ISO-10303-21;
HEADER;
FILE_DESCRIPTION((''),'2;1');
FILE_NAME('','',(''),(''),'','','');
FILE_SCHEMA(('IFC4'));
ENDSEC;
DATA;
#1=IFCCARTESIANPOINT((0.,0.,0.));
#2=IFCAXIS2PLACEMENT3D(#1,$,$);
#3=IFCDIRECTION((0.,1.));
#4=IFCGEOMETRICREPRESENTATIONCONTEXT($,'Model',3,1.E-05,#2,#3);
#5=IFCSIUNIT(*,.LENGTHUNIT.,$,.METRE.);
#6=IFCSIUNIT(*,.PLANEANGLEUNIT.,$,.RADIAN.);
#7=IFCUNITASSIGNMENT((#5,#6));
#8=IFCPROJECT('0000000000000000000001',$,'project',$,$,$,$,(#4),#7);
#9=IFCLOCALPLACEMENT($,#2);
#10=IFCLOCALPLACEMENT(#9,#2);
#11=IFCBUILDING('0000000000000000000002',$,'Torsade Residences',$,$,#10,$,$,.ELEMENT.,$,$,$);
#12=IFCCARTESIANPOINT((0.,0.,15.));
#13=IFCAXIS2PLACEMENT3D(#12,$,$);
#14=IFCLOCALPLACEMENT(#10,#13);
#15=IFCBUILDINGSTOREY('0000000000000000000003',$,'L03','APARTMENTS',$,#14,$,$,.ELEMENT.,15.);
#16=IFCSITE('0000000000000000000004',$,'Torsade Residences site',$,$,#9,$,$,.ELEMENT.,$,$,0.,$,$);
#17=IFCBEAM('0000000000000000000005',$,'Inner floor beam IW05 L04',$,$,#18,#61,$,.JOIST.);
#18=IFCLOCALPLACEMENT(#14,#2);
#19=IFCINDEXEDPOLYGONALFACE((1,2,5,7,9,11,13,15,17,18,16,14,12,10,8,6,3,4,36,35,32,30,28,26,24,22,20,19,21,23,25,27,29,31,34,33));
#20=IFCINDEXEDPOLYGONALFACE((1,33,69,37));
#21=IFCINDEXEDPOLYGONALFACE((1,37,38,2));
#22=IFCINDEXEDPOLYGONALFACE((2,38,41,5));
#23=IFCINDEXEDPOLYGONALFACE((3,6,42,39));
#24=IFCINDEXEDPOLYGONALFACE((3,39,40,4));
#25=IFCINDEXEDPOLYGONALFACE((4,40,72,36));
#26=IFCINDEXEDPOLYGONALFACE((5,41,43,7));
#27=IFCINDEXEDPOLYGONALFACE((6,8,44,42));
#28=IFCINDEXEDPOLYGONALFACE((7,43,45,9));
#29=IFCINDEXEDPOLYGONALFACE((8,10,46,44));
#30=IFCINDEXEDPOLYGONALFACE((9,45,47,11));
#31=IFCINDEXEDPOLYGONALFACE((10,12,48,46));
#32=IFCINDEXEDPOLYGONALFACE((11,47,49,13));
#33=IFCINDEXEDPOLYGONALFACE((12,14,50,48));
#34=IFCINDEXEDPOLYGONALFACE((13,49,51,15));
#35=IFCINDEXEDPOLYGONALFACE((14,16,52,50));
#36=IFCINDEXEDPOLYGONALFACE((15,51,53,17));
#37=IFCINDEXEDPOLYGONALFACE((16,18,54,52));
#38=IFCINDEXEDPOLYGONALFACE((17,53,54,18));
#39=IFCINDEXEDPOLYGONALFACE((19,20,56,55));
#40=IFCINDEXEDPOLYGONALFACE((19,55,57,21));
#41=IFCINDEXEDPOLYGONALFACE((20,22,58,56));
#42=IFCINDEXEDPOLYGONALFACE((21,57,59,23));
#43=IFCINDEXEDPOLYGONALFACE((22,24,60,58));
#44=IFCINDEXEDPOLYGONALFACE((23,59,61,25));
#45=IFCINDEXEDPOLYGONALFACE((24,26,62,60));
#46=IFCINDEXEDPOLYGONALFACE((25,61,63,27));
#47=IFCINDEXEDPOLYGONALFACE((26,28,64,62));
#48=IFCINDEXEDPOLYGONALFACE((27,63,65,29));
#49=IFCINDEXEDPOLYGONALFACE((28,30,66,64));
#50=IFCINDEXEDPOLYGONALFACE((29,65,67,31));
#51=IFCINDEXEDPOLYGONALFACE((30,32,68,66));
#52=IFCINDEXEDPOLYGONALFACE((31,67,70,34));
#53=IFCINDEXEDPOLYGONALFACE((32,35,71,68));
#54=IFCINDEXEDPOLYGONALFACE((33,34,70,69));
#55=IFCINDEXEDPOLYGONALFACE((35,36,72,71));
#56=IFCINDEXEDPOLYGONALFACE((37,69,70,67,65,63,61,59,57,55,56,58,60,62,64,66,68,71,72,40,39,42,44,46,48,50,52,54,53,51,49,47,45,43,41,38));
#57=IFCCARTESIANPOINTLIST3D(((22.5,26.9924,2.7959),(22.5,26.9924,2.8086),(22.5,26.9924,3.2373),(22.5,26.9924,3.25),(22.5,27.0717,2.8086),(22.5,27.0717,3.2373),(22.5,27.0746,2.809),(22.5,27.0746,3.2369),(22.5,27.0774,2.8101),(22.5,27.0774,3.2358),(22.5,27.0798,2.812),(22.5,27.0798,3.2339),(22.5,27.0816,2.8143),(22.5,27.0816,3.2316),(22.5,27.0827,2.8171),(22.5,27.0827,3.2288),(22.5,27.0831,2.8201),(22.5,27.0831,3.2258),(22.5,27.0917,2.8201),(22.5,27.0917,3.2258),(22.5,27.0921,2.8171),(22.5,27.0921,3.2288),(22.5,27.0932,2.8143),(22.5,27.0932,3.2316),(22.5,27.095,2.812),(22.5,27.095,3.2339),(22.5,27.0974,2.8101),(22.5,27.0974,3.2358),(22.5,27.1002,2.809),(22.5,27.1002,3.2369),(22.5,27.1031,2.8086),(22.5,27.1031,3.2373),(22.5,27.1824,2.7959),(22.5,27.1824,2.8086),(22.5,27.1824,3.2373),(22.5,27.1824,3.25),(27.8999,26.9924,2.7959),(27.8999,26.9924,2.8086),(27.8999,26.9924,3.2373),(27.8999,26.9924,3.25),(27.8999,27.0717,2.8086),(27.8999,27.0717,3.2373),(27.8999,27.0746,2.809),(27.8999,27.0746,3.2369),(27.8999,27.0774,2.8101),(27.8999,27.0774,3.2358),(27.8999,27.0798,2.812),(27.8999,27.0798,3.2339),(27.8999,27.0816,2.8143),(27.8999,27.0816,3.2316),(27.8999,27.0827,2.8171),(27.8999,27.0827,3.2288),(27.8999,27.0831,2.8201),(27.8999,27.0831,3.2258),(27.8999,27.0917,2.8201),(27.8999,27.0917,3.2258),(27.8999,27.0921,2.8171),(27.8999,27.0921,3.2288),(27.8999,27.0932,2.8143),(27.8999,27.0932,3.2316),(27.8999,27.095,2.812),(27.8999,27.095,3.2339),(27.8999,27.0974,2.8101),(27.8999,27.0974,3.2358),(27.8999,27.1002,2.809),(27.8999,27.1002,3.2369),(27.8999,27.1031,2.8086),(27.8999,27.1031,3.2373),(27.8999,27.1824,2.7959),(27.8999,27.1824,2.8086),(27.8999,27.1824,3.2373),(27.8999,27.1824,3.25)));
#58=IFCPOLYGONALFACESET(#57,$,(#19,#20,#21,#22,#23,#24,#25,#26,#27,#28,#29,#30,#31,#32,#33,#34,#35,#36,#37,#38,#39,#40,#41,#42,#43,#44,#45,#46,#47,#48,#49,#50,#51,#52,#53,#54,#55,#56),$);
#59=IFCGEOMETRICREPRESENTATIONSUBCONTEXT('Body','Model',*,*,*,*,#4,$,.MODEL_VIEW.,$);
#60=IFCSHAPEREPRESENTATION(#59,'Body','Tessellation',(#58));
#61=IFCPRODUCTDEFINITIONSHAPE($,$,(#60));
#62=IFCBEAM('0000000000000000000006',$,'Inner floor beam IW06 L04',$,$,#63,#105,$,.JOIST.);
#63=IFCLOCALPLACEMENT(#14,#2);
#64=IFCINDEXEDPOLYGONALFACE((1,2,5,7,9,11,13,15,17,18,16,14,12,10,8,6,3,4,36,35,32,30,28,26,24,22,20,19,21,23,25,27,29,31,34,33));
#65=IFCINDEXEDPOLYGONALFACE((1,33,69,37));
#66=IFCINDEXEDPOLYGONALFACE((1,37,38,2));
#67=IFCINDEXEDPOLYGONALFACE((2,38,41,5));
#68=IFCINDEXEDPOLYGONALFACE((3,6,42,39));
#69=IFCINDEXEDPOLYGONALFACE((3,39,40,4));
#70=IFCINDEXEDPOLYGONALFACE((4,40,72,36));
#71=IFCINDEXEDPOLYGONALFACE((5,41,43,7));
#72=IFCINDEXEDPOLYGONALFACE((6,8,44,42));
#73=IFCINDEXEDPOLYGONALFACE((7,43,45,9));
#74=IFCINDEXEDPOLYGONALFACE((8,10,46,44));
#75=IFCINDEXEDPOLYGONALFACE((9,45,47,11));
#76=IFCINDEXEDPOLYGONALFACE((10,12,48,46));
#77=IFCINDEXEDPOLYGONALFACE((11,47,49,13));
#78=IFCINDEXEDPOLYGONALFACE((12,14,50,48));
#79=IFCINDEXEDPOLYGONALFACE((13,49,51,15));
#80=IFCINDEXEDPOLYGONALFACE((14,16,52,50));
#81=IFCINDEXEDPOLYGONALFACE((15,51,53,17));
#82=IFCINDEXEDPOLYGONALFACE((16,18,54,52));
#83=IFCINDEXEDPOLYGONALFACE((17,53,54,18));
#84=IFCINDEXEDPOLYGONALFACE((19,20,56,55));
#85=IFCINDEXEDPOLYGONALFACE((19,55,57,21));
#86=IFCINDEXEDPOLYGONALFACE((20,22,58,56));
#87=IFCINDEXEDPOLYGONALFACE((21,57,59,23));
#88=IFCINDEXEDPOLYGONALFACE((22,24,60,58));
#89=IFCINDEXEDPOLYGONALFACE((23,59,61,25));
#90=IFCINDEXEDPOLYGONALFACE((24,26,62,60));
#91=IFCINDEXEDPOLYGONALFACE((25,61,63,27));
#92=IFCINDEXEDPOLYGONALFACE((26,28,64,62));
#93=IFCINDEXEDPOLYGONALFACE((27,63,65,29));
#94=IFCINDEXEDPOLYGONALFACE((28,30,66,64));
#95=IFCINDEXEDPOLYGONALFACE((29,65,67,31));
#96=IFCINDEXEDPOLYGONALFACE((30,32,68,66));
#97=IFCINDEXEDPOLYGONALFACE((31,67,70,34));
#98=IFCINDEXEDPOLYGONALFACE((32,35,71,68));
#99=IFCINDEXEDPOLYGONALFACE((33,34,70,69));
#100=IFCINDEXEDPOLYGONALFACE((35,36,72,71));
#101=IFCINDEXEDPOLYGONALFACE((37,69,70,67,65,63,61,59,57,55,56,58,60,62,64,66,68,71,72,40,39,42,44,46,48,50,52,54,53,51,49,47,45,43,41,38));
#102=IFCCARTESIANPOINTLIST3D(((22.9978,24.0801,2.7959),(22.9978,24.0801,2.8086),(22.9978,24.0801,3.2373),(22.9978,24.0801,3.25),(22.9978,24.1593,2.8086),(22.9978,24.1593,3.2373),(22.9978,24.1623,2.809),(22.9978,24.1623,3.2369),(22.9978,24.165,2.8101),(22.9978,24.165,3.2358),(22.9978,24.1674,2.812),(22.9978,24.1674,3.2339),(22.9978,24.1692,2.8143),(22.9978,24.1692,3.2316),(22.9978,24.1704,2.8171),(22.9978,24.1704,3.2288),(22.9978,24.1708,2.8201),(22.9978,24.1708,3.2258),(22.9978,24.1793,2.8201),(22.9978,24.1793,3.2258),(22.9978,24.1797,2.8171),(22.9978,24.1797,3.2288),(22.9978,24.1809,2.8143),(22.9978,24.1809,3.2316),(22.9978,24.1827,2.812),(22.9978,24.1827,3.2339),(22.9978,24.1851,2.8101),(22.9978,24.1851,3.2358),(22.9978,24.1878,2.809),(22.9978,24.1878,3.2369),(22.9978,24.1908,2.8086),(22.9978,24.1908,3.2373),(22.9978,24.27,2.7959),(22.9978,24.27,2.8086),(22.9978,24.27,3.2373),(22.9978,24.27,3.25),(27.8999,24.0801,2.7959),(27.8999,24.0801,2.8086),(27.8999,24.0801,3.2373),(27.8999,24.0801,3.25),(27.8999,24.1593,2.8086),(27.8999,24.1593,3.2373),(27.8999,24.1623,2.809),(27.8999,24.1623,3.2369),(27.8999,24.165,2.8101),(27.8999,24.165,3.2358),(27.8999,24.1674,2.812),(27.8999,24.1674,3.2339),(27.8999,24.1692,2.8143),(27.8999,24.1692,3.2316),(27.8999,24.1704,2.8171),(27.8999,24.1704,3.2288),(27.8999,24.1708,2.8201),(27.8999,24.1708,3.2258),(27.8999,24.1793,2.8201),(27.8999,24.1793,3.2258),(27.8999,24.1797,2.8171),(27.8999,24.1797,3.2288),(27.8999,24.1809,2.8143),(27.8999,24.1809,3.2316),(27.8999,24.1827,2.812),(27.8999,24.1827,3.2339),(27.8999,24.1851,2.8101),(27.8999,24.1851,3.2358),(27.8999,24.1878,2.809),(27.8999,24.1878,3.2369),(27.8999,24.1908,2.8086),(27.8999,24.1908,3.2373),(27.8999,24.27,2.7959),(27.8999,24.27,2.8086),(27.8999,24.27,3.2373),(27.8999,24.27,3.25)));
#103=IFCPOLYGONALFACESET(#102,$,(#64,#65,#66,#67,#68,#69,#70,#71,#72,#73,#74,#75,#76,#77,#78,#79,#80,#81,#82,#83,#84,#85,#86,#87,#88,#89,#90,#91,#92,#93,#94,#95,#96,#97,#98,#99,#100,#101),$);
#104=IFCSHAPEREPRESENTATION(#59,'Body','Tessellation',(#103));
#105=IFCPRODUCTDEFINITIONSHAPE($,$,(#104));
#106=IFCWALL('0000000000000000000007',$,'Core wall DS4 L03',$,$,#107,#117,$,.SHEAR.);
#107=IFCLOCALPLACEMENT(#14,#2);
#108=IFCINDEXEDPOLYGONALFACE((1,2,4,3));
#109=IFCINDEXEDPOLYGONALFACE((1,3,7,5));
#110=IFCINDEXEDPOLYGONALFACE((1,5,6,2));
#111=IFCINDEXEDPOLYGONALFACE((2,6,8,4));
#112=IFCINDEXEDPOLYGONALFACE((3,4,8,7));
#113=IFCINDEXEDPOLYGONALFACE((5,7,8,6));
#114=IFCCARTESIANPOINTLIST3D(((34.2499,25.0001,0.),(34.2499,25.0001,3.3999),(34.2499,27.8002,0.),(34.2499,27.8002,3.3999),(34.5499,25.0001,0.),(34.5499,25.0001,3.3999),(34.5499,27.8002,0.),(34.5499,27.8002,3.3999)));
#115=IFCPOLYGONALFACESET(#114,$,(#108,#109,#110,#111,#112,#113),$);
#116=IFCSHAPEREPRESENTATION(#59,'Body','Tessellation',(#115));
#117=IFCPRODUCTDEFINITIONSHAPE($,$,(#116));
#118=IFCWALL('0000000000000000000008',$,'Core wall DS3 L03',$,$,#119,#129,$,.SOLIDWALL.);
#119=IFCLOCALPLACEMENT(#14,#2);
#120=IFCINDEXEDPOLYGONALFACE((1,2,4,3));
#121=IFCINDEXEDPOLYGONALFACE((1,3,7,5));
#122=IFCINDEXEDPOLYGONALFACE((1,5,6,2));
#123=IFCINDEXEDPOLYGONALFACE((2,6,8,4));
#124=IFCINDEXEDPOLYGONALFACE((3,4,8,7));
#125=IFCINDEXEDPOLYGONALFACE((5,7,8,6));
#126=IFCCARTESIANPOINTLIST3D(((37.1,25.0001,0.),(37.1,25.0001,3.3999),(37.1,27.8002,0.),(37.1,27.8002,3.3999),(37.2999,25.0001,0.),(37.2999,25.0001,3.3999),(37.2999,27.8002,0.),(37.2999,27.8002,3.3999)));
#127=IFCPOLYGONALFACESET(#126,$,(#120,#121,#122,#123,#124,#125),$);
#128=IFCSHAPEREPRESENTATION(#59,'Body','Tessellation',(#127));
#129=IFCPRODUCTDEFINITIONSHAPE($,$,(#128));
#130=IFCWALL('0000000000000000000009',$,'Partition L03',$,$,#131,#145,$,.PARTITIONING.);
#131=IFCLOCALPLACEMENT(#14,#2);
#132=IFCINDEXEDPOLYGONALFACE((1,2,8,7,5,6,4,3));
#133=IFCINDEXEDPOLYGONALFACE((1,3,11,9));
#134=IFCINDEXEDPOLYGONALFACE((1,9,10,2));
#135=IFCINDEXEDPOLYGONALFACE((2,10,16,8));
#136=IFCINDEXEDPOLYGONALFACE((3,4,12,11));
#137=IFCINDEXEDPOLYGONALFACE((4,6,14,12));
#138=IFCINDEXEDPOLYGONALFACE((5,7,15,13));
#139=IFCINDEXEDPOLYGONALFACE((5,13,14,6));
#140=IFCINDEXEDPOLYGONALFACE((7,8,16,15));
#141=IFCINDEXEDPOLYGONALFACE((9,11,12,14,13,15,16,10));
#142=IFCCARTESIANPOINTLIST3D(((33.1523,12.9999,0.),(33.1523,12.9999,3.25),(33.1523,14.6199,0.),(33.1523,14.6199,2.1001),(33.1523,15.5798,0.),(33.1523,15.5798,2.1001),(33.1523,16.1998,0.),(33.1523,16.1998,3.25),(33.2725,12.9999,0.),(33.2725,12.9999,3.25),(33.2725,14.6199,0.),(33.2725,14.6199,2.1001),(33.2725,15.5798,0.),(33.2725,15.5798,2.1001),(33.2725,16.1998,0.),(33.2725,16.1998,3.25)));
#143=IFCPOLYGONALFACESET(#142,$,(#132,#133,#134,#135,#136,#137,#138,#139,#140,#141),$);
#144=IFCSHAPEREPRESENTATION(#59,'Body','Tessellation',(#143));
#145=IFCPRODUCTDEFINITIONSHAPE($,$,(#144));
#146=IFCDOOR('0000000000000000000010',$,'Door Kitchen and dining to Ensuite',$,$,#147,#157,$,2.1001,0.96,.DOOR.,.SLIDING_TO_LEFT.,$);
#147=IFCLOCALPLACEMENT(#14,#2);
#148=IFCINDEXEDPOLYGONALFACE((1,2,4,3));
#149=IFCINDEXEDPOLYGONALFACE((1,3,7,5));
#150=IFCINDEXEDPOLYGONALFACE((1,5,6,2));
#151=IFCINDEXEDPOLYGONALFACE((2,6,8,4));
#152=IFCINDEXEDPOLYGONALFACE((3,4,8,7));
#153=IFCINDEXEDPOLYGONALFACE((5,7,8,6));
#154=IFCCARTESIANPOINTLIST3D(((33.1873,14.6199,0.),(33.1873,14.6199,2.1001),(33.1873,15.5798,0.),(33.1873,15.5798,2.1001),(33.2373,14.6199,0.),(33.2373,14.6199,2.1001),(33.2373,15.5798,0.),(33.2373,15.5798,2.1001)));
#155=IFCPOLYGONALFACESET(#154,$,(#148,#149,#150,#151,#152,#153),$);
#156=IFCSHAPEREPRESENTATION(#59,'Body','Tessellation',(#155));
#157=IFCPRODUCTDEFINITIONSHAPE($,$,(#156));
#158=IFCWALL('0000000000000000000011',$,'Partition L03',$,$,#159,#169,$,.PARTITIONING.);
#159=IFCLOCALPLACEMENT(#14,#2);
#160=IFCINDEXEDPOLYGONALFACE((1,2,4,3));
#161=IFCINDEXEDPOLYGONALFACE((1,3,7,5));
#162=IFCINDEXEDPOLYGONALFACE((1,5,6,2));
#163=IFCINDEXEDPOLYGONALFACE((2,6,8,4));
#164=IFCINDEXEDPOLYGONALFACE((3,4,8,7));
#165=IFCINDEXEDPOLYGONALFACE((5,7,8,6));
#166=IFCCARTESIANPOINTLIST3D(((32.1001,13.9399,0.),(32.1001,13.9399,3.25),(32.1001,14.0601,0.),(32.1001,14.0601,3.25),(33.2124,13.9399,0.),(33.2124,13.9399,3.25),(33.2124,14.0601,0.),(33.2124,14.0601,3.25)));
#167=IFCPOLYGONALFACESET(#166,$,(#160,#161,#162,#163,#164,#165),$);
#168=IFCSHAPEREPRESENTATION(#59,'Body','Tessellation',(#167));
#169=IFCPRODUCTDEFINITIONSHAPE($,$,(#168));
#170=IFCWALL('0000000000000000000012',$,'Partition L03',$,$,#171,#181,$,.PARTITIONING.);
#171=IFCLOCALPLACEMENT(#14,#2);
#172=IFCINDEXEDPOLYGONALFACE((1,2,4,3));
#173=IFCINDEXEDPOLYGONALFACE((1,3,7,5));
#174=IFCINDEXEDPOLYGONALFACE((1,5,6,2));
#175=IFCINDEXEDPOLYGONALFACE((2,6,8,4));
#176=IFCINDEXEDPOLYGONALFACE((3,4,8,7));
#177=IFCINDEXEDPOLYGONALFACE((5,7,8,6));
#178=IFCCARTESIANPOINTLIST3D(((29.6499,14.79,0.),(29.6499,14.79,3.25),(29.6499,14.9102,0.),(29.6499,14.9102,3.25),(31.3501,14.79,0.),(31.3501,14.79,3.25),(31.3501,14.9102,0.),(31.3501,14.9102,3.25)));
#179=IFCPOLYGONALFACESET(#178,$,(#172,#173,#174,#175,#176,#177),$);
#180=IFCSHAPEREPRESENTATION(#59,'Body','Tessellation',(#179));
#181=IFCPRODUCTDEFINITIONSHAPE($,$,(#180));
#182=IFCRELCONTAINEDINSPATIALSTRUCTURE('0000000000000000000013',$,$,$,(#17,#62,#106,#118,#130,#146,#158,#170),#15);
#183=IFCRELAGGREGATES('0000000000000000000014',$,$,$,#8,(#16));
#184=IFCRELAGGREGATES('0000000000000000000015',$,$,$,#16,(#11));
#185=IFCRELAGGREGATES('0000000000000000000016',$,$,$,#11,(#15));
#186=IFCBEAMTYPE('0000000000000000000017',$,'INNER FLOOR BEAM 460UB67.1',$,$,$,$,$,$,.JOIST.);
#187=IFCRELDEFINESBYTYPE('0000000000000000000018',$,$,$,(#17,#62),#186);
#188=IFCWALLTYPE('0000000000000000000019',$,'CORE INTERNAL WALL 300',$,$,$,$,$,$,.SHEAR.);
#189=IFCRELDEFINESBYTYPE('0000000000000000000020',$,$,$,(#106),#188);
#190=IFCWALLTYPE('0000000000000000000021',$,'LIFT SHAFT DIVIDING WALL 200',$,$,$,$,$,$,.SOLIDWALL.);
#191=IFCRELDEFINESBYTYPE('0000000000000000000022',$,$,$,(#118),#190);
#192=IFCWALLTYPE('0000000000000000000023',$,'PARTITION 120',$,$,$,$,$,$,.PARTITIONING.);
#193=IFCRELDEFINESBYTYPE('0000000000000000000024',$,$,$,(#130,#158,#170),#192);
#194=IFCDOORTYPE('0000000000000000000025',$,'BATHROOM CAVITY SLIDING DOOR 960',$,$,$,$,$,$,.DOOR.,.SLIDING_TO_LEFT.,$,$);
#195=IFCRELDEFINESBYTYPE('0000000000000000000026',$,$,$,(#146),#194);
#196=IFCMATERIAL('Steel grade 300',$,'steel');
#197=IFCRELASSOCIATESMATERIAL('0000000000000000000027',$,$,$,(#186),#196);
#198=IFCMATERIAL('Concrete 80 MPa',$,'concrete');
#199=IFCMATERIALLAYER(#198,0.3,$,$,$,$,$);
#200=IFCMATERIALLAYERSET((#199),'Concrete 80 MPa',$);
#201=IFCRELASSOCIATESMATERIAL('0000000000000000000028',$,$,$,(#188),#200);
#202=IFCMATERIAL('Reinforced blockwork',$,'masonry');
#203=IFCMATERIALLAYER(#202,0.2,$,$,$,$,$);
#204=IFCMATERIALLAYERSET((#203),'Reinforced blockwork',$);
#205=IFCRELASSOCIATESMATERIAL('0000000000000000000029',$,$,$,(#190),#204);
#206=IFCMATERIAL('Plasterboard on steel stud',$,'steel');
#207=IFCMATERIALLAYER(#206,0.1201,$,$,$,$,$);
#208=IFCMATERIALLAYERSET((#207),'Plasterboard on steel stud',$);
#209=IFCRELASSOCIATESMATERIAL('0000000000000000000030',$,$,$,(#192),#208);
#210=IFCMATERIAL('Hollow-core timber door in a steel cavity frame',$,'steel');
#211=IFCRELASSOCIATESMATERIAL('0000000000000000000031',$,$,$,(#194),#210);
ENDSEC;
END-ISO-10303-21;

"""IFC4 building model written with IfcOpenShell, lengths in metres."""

from ifc_helpers import new_model, si_unit, direction, frame, frame_2d, origin, origin_2d, place, context, subcontext, project, spatial, rectangle, i_section, extrude, material, layer, layer_set, material_profile, profile_set, type_object, element, fill, save


model = new_model("IFC4")

# Units and contexts
model_context = context("Model", 3, precision=1e-05, world=origin(), true_north=direction((0.0, 1.0)))
body_context = subcontext(model_context, "Body", "Model", "MODEL_VIEW")
ifc_project = project(units=[si_unit("LENGTHUNIT", "METRE"), si_unit("PLANEANGLEUNIT", "RADIAN")], contexts=[model_context])

# Site, building, storey
site_placement = place(None, origin())
site = spatial("IfcSite", under=ifc_project, at=site_placement, Name="Torsade Residences site", CompositionType="ELEMENT", RefElevation=0.0)
building_placement = place(site_placement, origin())
building = spatial("IfcBuilding", under=site, at=building_placement, Name="Torsade Residences", CompositionType="ELEMENT")
storey_placement = place(building_placement, frame((0.0, 0.0, 15.0)))
storey = spatial("IfcBuildingStorey", under=building, at=storey_placement, Name="L03", Description="APARTMENTS", CompositionType="ELEMENT", Elevation=15.0)

# Beams
ifc_material_1 = material(Name="Steel grade 300", Category="steel")
ifc_material_profile_1 = material_profile(ifc_material_1, i_section(OverallWidth=0.1899, OverallDepth=0.4541, WebThickness=0.0085, FlangeThickness=0.0127, FilletRadius=0.0115, at=origin_2d()), Name="460UB67.1")
ifc_profile_set_1 = profile_set([ifc_material_profile_1], Name="Steel grade 300")
beam_type = type_object("IfcBeamType", Name="INNER FLOOR BEAM 460UB67.1", PredefinedType="JOIST", material=ifc_profile_set_1)
beam_1_placement = place(storey_placement, frame((27.8999, 27.0874, 3.0229), z_axis=(-1.0, 0.0, 0.0), x_axis=(0.0, -1.0, 0.0)))
element("IfcBeam", 1, at=beam_1_placement, inside=storey, type_object=beam_type, Name="Inner floor beam IW05 L04", PredefinedType="JOIST", context=body_context, shape_type="SweptSolid", body=[
    extrude(i_section(OverallWidth=0.1899, OverallDepth=0.4541, WebThickness=0.0085, FlangeThickness=0.0127, FilletRadius=0.0115, at=origin_2d()), origin(), (0.0, 0.0, 1.0), 5.3999),
])
beam_2_placement = place(storey_placement, frame((27.8999, 24.175, 3.0229), z_axis=(-1.0, 0.0, 0.0), x_axis=(0.0, -1.0, 0.0)))
element("IfcBeam", 2, at=beam_2_placement, inside=storey, type_object=beam_type, Name="Inner floor beam IW06 L04", PredefinedType="JOIST", context=body_context, shape_type="SweptSolid", body=[
    extrude(i_section(OverallWidth=0.1899, OverallDepth=0.4541, WebThickness=0.0085, FlangeThickness=0.0127, FilletRadius=0.0115, at=origin_2d()), origin(), (0.0, 0.0, 1.0), 4.9021),
])

# Walls
ifc_material_2 = material(Name="Concrete 80 MPa", Category="concrete")
ifc_layer_1 = layer(ifc_material_2, 0.3)
ifc_layer_set_1 = layer_set([ifc_layer_1], Name="Concrete 80 MPa")
wall_type_1 = type_object("IfcWallType", Name="CORE INTERNAL WALL 300", PredefinedType="SHEAR", material=ifc_layer_set_1)
wall_1_placement = place(storey_placement, frame((34.3999, 27.8, 0.0), z_axis=(0.0, 0.0, 1.0), x_axis=(0.0, -1.0, 0.0)))
element("IfcWall", 3, at=wall_1_placement, inside=storey, type_object=wall_type_1, Name="Core wall DS4 L03", PredefinedType="SHEAR", context=body_context, shape_type="SweptSolid", body=[
    extrude(rectangle(XDim=2.8, YDim=0.3, at=frame_2d((1.3999, 0.0))), origin(), (0.0, 0.0, 1.0), 3.3999),
])
ifc_material_3 = material(Name="Reinforced blockwork", Category="masonry")
ifc_layer_2 = layer(ifc_material_3, 0.2)
ifc_layer_set_2 = layer_set([ifc_layer_2], Name="Reinforced blockwork")
wall_type_2 = type_object("IfcWallType", Name="LIFT SHAFT DIVIDING WALL 200", PredefinedType="SOLIDWALL", material=ifc_layer_set_2)
wall_2_placement = place(storey_placement, frame((37.2, 27.8, 0.0), z_axis=(0.0, 0.0, 1.0), x_axis=(0.0, -1.0, 0.0)))
element("IfcWall", 4, at=wall_2_placement, inside=storey, type_object=wall_type_2, Name="Core wall DS3 L03", PredefinedType="SOLIDWALL", context=body_context, shape_type="SweptSolid", body=[
    extrude(rectangle(XDim=2.8, YDim=0.2, at=frame_2d((1.3999, 0.0))), origin(), (0.0, 0.0, 1.0), 3.3999),
])

# Wall, opening, door
ifc_material_4 = material(Name="Plasterboard on steel stud", Category="steel")
ifc_layer_3 = layer(ifc_material_4, 0.1201)
ifc_layer_set_3 = layer_set([ifc_layer_3], Name="Plasterboard on steel stud")
wall_type_3 = type_object("IfcWallType", Name="PARTITION 120", PredefinedType="PARTITIONING", material=ifc_layer_set_3)
wall_3_placement = place(storey_placement, frame((33.2124, 16.2, 0.0), z_axis=(0.0, 0.0, 1.0), x_axis=(0.0, -1.0, 0.0)))
wall_3 = element("IfcWall", 5, at=wall_3_placement, inside=storey, type_object=wall_type_3, Name="Partition L03", PredefinedType="PARTITIONING", context=body_context, shape_type="SweptSolid", body=[
    extrude(rectangle(XDim=3.2, YDim=0.1201, at=frame_2d((1.6001, 0.0))), origin(), (0.0, 0.0, 1.0), 3.25),
])
opening_1_placement = place(wall_3_placement, frame((0.6201, 0.0, 0.0)))
opening_1 = element("IfcOpeningElement", 6, at=opening_1_placement, cuts=wall_3, PredefinedType="OPENING", context=body_context, shape_type="SweptSolid", body=[
    extrude(rectangle(XDim=0.96, YDim=2.1001, at=frame_2d((0.48, 1.05))), frame((0.0, 0.0701, 0.0), z_axis=(0.0, -1.0, 0.0), x_axis=(1.0, 0.0, 0.0)), (0.0, 0.0, 1.0), 0.1401),
])
ifc_material_5 = material(Name="Hollow-core timber door in a steel cavity frame", Category="steel")
door_type_1 = type_object("IfcDoorType", Name="BATHROOM CAVITY SLIDING DOOR 960", OperationType="SLIDING_TO_LEFT", PredefinedType="DOOR", material=ifc_material_5)
door_1_placement = place(opening_1_placement, origin())
door_1 = element("IfcDoor", 7, at=door_1_placement, inside=storey, type_object=door_type_1, Name="Door Kitchen and dining to Ensuite", OperationType="SLIDING_TO_LEFT", OverallHeight=2.1001, OverallWidth=0.96, PredefinedType="DOOR", context=body_context, shape_type="SweptSolid", body=[
    extrude(rectangle(XDim=0.96, YDim=2.1001, at=frame_2d((0.48, 1.05))), frame((0.0, 0.0249, 0.0), z_axis=(0.0, -1.0, 0.0), x_axis=(1.0, 0.0, 0.0)), (0.0, 0.0, 1.0), 0.05),
])
fill(opening_1, door_1)

# Walls
wall_4_placement = place(storey_placement, frame((33.2124, 14.0, 0.0), z_axis=(0.0, 0.0, 1.0), x_axis=(-1.0, 0.0, 0.0)))
element("IfcWall", 8, at=wall_4_placement, inside=storey, type_object=wall_type_3, Name="Partition L03", PredefinedType="PARTITIONING", context=body_context, shape_type="SweptSolid", body=[
    extrude(rectangle(XDim=1.1123, YDim=0.1201, at=frame_2d((0.5562, 0.0))), origin(), (0.0, 0.0, 1.0), 3.25),
])
wall_5_placement = place(storey_placement, frame((31.3501, 14.8501, 0.0), z_axis=(0.0, 0.0, 1.0), x_axis=(-1.0, 0.0, 0.0)))
element("IfcWall", 9, at=wall_5_placement, inside=storey, type_object=wall_type_3, Name="Partition L03", PredefinedType="PARTITIONING", context=body_context, shape_type="SweptSolid", body=[
    extrude(rectangle(XDim=1.7002, YDim=0.1201, at=frame_2d((0.8501, 0.0))), origin(), (0.0, 0.0, 1.0), 3.25),
])

save(model, "model.ifc")
